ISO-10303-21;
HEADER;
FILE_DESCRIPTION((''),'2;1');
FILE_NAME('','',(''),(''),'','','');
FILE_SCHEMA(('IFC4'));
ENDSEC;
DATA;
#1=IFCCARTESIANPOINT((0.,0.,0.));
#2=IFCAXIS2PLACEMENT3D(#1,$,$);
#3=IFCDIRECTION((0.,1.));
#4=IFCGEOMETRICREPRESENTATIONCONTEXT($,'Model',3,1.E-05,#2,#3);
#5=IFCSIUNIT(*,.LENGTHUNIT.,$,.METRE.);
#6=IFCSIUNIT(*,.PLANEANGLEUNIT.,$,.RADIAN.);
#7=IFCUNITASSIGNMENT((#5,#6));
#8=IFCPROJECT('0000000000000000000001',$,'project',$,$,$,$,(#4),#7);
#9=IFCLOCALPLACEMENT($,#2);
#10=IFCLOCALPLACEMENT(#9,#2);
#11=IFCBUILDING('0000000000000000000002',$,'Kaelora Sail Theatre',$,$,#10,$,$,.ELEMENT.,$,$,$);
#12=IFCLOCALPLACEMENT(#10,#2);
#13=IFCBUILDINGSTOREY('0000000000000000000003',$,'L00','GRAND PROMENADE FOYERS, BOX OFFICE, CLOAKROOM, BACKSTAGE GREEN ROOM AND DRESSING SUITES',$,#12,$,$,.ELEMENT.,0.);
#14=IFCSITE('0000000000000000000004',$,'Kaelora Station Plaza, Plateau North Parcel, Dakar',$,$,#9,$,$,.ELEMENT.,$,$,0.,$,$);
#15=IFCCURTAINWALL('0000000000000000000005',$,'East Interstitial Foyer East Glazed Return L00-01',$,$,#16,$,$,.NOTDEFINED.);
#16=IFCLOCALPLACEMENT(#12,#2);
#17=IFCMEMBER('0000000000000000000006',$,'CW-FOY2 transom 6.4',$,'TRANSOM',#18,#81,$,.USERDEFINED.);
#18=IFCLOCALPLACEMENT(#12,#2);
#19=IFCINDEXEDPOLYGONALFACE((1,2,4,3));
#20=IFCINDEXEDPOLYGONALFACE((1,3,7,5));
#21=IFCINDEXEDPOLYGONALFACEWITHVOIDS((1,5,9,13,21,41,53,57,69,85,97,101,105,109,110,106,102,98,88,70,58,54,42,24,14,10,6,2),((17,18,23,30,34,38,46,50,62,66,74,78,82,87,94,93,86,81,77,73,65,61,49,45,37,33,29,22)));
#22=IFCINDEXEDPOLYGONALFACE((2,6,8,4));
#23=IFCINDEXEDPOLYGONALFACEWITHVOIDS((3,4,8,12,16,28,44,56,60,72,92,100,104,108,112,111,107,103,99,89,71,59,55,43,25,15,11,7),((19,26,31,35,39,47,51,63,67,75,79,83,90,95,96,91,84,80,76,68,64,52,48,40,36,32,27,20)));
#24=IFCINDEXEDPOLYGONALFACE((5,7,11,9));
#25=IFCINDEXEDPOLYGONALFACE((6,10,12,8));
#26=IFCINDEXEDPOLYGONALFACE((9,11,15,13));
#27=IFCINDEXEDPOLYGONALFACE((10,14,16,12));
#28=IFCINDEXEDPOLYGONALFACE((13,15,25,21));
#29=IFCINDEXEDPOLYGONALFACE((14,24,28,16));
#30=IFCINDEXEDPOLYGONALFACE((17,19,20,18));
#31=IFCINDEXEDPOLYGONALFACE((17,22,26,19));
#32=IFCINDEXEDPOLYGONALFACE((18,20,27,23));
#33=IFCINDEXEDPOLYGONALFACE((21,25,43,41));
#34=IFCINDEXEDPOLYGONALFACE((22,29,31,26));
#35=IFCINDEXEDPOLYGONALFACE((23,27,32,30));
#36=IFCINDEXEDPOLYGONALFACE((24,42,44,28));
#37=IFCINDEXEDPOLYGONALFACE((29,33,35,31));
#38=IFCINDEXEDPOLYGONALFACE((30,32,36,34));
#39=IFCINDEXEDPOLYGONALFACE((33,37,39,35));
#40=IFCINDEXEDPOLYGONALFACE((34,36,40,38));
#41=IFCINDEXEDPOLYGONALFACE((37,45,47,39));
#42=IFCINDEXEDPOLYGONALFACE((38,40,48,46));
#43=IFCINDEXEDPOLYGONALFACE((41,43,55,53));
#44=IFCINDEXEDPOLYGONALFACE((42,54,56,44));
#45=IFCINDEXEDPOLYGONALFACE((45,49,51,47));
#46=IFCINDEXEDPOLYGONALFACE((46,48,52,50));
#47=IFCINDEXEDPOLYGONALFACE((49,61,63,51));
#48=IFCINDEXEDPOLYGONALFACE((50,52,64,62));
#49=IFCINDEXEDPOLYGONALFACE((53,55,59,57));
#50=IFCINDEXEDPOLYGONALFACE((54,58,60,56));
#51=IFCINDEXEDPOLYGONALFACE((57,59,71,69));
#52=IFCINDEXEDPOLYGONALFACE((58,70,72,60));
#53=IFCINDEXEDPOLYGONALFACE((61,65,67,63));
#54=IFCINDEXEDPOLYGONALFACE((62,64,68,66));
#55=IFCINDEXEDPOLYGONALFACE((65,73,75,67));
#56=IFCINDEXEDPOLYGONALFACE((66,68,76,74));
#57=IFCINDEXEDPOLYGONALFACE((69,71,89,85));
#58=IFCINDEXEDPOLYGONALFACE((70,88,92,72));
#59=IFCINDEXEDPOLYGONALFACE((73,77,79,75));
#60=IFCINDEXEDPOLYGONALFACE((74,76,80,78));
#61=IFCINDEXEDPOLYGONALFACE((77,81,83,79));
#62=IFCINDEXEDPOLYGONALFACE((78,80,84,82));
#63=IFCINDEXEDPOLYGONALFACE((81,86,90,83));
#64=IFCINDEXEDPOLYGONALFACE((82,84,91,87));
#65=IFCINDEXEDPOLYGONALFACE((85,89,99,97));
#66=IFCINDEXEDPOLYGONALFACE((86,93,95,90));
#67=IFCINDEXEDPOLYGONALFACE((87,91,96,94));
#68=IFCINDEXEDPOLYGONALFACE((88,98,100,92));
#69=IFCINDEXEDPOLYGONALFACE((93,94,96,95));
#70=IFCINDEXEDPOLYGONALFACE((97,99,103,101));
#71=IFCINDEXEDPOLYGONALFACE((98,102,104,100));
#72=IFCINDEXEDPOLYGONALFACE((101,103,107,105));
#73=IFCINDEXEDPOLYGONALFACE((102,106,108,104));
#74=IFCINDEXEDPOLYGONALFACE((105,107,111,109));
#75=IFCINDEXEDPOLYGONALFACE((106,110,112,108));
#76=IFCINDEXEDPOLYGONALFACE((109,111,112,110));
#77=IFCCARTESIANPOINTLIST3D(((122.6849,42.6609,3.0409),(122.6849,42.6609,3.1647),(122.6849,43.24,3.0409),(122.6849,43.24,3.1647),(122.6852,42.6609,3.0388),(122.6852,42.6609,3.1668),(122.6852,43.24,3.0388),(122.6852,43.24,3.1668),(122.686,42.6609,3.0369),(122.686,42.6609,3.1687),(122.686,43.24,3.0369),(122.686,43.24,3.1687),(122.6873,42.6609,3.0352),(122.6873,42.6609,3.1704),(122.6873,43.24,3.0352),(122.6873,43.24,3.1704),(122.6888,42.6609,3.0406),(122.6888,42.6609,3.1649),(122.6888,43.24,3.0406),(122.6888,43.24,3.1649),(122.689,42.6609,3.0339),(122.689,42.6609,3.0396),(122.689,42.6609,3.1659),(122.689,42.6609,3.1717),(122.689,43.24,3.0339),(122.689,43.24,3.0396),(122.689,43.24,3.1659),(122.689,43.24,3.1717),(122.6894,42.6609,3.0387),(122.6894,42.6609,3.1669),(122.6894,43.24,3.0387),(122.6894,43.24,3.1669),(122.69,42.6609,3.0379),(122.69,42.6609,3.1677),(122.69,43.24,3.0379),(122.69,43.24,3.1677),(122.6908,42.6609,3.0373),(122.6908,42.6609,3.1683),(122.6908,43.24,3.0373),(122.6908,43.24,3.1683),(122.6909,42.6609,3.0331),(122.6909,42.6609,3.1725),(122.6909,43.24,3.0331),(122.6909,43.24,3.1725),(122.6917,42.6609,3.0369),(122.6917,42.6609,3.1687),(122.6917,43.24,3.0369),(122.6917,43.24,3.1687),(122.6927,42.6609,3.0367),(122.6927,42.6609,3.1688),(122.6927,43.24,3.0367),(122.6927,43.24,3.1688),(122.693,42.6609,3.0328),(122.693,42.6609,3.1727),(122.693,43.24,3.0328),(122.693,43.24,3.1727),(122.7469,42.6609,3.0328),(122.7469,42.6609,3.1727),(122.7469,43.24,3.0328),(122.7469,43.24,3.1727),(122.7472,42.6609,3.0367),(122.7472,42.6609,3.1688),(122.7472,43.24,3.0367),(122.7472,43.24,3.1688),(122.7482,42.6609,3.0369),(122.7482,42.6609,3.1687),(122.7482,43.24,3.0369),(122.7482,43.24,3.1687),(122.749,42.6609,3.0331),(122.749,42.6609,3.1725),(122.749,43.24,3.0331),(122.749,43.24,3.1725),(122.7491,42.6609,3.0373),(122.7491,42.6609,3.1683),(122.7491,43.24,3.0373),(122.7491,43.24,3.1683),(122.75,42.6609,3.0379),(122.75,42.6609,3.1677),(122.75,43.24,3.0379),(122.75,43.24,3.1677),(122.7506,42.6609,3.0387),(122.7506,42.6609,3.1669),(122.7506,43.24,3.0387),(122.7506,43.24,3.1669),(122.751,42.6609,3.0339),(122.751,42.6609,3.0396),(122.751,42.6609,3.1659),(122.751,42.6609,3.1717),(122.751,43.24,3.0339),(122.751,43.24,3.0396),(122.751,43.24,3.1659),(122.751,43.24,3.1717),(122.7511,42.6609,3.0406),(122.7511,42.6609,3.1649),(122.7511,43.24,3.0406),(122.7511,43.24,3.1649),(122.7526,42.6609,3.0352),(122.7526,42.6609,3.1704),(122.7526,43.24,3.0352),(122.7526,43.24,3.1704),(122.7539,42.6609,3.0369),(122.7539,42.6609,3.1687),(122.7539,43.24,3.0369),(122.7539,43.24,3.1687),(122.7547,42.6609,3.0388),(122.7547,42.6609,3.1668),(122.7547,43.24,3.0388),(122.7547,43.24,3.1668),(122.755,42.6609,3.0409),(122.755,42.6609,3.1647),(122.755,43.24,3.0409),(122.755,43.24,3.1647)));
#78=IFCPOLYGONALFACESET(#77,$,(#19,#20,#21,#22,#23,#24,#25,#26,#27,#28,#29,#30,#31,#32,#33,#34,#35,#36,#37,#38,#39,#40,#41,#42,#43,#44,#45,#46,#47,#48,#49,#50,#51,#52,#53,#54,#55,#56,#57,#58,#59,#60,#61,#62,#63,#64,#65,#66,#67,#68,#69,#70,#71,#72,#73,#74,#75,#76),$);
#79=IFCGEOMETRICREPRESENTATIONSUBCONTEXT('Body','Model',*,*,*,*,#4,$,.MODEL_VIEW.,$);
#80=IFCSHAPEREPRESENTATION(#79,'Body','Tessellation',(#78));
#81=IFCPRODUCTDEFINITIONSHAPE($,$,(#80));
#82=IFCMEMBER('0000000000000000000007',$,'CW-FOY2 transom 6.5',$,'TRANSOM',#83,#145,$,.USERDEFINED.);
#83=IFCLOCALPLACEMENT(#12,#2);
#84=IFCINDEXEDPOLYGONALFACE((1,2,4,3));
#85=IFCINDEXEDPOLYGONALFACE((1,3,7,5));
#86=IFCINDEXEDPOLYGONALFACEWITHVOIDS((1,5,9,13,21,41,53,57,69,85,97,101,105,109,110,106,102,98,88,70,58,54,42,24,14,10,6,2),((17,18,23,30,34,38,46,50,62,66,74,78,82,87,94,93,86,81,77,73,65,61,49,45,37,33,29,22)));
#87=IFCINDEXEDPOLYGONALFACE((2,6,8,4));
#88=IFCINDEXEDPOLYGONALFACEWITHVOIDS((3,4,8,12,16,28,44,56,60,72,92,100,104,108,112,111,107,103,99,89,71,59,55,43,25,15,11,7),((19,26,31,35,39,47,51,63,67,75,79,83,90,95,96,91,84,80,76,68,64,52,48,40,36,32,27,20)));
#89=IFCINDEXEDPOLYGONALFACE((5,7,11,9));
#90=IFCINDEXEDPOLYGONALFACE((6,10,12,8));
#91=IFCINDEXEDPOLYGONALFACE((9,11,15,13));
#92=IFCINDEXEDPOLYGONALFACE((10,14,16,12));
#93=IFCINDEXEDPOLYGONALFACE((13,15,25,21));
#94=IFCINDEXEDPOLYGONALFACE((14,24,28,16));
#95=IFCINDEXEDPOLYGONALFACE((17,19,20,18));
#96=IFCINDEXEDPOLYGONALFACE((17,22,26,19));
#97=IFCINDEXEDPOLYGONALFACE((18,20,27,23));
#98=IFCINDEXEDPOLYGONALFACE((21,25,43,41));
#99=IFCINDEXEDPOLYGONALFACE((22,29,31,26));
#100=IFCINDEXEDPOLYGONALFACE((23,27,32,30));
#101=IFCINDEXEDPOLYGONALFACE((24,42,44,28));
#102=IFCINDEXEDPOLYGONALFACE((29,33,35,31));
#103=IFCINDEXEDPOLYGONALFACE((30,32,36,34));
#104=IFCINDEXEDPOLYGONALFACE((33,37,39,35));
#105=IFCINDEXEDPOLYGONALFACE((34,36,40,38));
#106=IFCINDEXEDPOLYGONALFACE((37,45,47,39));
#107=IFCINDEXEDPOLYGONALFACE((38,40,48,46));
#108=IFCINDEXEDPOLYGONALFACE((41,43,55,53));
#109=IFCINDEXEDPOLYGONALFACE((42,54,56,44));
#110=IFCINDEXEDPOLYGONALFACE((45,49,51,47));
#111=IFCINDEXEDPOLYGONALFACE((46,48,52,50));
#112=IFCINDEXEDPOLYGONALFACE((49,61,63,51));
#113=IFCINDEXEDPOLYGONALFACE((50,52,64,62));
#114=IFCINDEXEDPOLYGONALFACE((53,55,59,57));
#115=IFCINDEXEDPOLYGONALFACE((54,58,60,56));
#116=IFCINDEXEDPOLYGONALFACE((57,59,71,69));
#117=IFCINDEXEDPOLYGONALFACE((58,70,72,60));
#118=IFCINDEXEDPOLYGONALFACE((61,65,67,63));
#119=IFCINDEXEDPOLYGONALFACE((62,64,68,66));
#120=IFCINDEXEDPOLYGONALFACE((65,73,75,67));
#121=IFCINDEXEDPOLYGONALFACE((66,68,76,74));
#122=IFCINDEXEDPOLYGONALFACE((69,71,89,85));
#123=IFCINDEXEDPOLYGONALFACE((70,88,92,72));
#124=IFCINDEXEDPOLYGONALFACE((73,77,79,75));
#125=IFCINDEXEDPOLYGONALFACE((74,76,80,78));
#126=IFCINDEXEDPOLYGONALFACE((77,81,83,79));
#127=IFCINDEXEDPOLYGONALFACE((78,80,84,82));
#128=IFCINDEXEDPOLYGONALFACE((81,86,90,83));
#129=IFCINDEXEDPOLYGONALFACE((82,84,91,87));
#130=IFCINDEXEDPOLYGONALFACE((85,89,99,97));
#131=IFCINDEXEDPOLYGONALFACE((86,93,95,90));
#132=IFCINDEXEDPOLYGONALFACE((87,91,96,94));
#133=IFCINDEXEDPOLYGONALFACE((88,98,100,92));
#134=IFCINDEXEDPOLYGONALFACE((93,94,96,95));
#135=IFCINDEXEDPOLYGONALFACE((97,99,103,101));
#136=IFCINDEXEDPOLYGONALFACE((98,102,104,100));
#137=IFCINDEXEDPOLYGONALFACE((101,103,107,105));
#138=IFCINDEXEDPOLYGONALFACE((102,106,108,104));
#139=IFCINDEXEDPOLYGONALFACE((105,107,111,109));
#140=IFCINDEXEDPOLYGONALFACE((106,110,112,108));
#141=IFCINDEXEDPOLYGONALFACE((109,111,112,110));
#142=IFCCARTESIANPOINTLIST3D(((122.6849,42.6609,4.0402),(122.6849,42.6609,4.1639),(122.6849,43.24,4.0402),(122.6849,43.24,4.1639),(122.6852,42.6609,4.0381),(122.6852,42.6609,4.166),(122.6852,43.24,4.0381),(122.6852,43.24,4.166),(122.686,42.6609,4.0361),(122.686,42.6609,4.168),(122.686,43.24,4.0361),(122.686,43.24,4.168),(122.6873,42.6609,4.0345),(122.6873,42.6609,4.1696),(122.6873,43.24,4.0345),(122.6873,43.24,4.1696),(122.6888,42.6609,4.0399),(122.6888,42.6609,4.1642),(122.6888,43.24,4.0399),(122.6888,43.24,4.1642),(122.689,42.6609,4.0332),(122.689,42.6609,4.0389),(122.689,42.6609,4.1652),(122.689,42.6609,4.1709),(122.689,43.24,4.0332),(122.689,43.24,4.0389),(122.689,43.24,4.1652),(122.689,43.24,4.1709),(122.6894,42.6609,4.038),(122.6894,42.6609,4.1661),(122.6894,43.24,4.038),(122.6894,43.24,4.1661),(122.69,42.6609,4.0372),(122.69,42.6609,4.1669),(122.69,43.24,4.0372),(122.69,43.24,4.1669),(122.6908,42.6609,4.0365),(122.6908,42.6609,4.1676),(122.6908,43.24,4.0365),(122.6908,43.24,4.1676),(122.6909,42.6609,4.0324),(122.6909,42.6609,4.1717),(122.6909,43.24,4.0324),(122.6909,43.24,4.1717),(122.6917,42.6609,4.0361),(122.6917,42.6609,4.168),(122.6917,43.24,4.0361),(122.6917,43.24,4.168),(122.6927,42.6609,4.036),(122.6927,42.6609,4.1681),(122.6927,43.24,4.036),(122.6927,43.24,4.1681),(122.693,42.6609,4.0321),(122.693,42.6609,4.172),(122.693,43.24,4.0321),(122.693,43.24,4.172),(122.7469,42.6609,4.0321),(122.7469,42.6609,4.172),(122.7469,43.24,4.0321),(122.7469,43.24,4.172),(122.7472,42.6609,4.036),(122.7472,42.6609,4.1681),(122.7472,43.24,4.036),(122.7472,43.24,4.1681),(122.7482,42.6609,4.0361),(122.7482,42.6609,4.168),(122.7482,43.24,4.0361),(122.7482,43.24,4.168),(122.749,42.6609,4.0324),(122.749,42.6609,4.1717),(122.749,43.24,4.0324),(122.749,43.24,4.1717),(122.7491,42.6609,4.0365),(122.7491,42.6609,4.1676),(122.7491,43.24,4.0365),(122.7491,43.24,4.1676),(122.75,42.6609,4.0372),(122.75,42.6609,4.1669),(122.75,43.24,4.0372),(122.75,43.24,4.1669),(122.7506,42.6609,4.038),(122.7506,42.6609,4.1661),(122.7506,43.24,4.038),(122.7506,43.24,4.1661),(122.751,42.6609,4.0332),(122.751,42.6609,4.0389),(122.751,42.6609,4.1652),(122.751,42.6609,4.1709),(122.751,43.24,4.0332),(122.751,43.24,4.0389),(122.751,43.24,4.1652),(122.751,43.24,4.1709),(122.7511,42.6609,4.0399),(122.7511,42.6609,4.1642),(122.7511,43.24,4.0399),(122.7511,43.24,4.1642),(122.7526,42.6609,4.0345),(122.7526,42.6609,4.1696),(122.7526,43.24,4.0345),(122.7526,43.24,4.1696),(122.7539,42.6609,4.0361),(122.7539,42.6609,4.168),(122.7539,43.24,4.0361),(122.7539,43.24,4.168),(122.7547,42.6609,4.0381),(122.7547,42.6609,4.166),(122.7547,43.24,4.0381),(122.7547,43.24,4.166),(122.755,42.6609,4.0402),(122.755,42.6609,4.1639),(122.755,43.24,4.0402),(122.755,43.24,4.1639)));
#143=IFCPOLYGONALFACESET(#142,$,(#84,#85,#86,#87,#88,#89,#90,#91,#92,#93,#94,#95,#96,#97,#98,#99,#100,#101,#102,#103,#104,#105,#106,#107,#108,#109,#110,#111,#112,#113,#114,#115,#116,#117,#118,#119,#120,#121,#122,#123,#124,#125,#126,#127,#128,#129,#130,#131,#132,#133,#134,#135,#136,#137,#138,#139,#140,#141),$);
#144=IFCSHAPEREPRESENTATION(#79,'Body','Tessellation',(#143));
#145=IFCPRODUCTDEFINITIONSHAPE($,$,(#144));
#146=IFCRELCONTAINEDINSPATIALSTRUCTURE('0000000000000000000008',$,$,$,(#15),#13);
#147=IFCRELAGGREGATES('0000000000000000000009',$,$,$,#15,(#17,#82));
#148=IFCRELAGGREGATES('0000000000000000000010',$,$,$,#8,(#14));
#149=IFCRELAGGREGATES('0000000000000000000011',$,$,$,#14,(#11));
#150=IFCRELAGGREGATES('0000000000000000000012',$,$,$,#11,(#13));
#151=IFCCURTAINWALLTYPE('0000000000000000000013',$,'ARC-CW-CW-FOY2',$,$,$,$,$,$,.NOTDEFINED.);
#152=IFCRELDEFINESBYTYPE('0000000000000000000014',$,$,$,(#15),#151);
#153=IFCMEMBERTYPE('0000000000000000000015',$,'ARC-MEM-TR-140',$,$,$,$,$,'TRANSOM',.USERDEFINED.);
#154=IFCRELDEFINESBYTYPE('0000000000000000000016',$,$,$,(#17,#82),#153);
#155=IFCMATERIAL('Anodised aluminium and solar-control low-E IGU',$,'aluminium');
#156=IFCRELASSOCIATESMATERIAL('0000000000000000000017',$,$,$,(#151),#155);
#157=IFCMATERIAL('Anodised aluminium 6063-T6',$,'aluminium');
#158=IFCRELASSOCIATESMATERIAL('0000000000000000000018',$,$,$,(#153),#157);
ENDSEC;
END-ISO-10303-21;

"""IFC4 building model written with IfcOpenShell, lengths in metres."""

from ifc_helpers import new_model, si_unit, direction, frame, origin, origin_2d, place, context, subcontext, project, spatial, hollow_rectangle, extrude, material, material_profile, profile_set, type_object, element, aggregate, save


model = new_model("IFC4")

# Units and contexts
model_context = context("Model", 3, precision=1e-05, world=origin(), true_north=direction((0.0, 1.0)))
body_context = subcontext(model_context, "Body", "Model", "MODEL_VIEW")
ifc_project = project(units=[si_unit("LENGTHUNIT", "METRE"), si_unit("PLANEANGLEUNIT", "RADIAN")], contexts=[model_context])

# Site, building, storey
site_placement = place(None, origin())
site = spatial("IfcSite", under=ifc_project, at=site_placement, Name="Kaelora Station Plaza, Plateau North Parcel, Dakar", CompositionType="ELEMENT", RefElevation=0.0)
building_placement = place(site_placement, origin())
building = spatial("IfcBuilding", under=site, at=building_placement, Name="Kaelora Sail Theatre", CompositionType="ELEMENT")
storey_placement = place(building_placement, origin())
storey = spatial("IfcBuildingStorey", under=building, at=storey_placement, Name="L00", Description="GRAND PROMENADE FOYERS, BOX OFFICE, CLOAKROOM, BACKSTAGE GREEN ROOM AND DRESSING SUITES", CompositionType="ELEMENT", Elevation=0.0)

# Curtain wall
ifc_material_1 = material(Name="Anodised aluminium and solar-control low-E IGU", Category="aluminium")
curtain_wall_type = type_object("IfcCurtainWallType", Name="ARC-CW-CW-FOY2", PredefinedType="NOTDEFINED", material=ifc_material_1)
curtain_wall_1_placement = place(storey_placement, origin())
curtain_wall_1 = element("IfcCurtainWall", 1, at=curtain_wall_1_placement, inside=storey, type_object=curtain_wall_type, Name="East Interstitial Foyer East Glazed Return L00-01", PredefinedType="NOTDEFINED")

# Members
ifc_material_2 = material(Name="Anodised aluminium 6063-T6", Category="aluminium")
ifc_material_profile_1 = material_profile(ifc_material_2, hollow_rectangle(XDim=0.0701, YDim=0.1399, WallThickness=0.0039, InnerFilletRadius=0.0039, OuterFilletRadius=0.0081, at=origin_2d()), Name="ALU-TRAN 70x140x4")
ifc_profile_set_1 = profile_set([ifc_material_profile_1], Name="Anodised aluminium 6063-T6")
member_type_1 = type_object("IfcMemberType", Name="ARC-MEM-TR-140", ElementType="TRANSOM", PredefinedType="USERDEFINED", material=ifc_profile_set_1)
member_1_placement = place(storey_placement, frame((122.72, 42.6609, 3.1028), z_axis=(0.0, 1.0, 0.0), x_axis=(-1.0, 0.0, 0.0)))
member_1 = element("IfcMember", 2, at=member_1_placement, type_object=member_type_1, Name="CW-FOY2 transom 6.4", ObjectType="TRANSOM", PredefinedType="USERDEFINED", context=body_context, shape_type="SweptSolid", body=[
    extrude(hollow_rectangle(XDim=0.0701, YDim=0.1399, WallThickness=0.0039, InnerFilletRadius=0.0039, OuterFilletRadius=0.0081, at=origin_2d()), origin(), (0.0, 0.0, 1.0), 0.5791),
])
member_2_placement = place(storey_placement, frame((122.72, 42.6609, 4.1021), z_axis=(0.0, 1.0, 0.0), x_axis=(-1.0, 0.0, 0.0)))
member_2 = element("IfcMember", 3, at=member_2_placement, type_object=member_type_1, Name="CW-FOY2 transom 6.5", ObjectType="TRANSOM", PredefinedType="USERDEFINED", context=body_context, shape_type="SweptSolid", body=[
    extrude(hollow_rectangle(XDim=0.0701, YDim=0.1399, WallThickness=0.0039, InnerFilletRadius=0.0039, OuterFilletRadius=0.0081, at=origin_2d()), origin(), (0.0, 0.0, 1.0), 0.5791),
])

aggregate(curtain_wall_1, [member_1, member_2])

save(model, "model.ifc")
